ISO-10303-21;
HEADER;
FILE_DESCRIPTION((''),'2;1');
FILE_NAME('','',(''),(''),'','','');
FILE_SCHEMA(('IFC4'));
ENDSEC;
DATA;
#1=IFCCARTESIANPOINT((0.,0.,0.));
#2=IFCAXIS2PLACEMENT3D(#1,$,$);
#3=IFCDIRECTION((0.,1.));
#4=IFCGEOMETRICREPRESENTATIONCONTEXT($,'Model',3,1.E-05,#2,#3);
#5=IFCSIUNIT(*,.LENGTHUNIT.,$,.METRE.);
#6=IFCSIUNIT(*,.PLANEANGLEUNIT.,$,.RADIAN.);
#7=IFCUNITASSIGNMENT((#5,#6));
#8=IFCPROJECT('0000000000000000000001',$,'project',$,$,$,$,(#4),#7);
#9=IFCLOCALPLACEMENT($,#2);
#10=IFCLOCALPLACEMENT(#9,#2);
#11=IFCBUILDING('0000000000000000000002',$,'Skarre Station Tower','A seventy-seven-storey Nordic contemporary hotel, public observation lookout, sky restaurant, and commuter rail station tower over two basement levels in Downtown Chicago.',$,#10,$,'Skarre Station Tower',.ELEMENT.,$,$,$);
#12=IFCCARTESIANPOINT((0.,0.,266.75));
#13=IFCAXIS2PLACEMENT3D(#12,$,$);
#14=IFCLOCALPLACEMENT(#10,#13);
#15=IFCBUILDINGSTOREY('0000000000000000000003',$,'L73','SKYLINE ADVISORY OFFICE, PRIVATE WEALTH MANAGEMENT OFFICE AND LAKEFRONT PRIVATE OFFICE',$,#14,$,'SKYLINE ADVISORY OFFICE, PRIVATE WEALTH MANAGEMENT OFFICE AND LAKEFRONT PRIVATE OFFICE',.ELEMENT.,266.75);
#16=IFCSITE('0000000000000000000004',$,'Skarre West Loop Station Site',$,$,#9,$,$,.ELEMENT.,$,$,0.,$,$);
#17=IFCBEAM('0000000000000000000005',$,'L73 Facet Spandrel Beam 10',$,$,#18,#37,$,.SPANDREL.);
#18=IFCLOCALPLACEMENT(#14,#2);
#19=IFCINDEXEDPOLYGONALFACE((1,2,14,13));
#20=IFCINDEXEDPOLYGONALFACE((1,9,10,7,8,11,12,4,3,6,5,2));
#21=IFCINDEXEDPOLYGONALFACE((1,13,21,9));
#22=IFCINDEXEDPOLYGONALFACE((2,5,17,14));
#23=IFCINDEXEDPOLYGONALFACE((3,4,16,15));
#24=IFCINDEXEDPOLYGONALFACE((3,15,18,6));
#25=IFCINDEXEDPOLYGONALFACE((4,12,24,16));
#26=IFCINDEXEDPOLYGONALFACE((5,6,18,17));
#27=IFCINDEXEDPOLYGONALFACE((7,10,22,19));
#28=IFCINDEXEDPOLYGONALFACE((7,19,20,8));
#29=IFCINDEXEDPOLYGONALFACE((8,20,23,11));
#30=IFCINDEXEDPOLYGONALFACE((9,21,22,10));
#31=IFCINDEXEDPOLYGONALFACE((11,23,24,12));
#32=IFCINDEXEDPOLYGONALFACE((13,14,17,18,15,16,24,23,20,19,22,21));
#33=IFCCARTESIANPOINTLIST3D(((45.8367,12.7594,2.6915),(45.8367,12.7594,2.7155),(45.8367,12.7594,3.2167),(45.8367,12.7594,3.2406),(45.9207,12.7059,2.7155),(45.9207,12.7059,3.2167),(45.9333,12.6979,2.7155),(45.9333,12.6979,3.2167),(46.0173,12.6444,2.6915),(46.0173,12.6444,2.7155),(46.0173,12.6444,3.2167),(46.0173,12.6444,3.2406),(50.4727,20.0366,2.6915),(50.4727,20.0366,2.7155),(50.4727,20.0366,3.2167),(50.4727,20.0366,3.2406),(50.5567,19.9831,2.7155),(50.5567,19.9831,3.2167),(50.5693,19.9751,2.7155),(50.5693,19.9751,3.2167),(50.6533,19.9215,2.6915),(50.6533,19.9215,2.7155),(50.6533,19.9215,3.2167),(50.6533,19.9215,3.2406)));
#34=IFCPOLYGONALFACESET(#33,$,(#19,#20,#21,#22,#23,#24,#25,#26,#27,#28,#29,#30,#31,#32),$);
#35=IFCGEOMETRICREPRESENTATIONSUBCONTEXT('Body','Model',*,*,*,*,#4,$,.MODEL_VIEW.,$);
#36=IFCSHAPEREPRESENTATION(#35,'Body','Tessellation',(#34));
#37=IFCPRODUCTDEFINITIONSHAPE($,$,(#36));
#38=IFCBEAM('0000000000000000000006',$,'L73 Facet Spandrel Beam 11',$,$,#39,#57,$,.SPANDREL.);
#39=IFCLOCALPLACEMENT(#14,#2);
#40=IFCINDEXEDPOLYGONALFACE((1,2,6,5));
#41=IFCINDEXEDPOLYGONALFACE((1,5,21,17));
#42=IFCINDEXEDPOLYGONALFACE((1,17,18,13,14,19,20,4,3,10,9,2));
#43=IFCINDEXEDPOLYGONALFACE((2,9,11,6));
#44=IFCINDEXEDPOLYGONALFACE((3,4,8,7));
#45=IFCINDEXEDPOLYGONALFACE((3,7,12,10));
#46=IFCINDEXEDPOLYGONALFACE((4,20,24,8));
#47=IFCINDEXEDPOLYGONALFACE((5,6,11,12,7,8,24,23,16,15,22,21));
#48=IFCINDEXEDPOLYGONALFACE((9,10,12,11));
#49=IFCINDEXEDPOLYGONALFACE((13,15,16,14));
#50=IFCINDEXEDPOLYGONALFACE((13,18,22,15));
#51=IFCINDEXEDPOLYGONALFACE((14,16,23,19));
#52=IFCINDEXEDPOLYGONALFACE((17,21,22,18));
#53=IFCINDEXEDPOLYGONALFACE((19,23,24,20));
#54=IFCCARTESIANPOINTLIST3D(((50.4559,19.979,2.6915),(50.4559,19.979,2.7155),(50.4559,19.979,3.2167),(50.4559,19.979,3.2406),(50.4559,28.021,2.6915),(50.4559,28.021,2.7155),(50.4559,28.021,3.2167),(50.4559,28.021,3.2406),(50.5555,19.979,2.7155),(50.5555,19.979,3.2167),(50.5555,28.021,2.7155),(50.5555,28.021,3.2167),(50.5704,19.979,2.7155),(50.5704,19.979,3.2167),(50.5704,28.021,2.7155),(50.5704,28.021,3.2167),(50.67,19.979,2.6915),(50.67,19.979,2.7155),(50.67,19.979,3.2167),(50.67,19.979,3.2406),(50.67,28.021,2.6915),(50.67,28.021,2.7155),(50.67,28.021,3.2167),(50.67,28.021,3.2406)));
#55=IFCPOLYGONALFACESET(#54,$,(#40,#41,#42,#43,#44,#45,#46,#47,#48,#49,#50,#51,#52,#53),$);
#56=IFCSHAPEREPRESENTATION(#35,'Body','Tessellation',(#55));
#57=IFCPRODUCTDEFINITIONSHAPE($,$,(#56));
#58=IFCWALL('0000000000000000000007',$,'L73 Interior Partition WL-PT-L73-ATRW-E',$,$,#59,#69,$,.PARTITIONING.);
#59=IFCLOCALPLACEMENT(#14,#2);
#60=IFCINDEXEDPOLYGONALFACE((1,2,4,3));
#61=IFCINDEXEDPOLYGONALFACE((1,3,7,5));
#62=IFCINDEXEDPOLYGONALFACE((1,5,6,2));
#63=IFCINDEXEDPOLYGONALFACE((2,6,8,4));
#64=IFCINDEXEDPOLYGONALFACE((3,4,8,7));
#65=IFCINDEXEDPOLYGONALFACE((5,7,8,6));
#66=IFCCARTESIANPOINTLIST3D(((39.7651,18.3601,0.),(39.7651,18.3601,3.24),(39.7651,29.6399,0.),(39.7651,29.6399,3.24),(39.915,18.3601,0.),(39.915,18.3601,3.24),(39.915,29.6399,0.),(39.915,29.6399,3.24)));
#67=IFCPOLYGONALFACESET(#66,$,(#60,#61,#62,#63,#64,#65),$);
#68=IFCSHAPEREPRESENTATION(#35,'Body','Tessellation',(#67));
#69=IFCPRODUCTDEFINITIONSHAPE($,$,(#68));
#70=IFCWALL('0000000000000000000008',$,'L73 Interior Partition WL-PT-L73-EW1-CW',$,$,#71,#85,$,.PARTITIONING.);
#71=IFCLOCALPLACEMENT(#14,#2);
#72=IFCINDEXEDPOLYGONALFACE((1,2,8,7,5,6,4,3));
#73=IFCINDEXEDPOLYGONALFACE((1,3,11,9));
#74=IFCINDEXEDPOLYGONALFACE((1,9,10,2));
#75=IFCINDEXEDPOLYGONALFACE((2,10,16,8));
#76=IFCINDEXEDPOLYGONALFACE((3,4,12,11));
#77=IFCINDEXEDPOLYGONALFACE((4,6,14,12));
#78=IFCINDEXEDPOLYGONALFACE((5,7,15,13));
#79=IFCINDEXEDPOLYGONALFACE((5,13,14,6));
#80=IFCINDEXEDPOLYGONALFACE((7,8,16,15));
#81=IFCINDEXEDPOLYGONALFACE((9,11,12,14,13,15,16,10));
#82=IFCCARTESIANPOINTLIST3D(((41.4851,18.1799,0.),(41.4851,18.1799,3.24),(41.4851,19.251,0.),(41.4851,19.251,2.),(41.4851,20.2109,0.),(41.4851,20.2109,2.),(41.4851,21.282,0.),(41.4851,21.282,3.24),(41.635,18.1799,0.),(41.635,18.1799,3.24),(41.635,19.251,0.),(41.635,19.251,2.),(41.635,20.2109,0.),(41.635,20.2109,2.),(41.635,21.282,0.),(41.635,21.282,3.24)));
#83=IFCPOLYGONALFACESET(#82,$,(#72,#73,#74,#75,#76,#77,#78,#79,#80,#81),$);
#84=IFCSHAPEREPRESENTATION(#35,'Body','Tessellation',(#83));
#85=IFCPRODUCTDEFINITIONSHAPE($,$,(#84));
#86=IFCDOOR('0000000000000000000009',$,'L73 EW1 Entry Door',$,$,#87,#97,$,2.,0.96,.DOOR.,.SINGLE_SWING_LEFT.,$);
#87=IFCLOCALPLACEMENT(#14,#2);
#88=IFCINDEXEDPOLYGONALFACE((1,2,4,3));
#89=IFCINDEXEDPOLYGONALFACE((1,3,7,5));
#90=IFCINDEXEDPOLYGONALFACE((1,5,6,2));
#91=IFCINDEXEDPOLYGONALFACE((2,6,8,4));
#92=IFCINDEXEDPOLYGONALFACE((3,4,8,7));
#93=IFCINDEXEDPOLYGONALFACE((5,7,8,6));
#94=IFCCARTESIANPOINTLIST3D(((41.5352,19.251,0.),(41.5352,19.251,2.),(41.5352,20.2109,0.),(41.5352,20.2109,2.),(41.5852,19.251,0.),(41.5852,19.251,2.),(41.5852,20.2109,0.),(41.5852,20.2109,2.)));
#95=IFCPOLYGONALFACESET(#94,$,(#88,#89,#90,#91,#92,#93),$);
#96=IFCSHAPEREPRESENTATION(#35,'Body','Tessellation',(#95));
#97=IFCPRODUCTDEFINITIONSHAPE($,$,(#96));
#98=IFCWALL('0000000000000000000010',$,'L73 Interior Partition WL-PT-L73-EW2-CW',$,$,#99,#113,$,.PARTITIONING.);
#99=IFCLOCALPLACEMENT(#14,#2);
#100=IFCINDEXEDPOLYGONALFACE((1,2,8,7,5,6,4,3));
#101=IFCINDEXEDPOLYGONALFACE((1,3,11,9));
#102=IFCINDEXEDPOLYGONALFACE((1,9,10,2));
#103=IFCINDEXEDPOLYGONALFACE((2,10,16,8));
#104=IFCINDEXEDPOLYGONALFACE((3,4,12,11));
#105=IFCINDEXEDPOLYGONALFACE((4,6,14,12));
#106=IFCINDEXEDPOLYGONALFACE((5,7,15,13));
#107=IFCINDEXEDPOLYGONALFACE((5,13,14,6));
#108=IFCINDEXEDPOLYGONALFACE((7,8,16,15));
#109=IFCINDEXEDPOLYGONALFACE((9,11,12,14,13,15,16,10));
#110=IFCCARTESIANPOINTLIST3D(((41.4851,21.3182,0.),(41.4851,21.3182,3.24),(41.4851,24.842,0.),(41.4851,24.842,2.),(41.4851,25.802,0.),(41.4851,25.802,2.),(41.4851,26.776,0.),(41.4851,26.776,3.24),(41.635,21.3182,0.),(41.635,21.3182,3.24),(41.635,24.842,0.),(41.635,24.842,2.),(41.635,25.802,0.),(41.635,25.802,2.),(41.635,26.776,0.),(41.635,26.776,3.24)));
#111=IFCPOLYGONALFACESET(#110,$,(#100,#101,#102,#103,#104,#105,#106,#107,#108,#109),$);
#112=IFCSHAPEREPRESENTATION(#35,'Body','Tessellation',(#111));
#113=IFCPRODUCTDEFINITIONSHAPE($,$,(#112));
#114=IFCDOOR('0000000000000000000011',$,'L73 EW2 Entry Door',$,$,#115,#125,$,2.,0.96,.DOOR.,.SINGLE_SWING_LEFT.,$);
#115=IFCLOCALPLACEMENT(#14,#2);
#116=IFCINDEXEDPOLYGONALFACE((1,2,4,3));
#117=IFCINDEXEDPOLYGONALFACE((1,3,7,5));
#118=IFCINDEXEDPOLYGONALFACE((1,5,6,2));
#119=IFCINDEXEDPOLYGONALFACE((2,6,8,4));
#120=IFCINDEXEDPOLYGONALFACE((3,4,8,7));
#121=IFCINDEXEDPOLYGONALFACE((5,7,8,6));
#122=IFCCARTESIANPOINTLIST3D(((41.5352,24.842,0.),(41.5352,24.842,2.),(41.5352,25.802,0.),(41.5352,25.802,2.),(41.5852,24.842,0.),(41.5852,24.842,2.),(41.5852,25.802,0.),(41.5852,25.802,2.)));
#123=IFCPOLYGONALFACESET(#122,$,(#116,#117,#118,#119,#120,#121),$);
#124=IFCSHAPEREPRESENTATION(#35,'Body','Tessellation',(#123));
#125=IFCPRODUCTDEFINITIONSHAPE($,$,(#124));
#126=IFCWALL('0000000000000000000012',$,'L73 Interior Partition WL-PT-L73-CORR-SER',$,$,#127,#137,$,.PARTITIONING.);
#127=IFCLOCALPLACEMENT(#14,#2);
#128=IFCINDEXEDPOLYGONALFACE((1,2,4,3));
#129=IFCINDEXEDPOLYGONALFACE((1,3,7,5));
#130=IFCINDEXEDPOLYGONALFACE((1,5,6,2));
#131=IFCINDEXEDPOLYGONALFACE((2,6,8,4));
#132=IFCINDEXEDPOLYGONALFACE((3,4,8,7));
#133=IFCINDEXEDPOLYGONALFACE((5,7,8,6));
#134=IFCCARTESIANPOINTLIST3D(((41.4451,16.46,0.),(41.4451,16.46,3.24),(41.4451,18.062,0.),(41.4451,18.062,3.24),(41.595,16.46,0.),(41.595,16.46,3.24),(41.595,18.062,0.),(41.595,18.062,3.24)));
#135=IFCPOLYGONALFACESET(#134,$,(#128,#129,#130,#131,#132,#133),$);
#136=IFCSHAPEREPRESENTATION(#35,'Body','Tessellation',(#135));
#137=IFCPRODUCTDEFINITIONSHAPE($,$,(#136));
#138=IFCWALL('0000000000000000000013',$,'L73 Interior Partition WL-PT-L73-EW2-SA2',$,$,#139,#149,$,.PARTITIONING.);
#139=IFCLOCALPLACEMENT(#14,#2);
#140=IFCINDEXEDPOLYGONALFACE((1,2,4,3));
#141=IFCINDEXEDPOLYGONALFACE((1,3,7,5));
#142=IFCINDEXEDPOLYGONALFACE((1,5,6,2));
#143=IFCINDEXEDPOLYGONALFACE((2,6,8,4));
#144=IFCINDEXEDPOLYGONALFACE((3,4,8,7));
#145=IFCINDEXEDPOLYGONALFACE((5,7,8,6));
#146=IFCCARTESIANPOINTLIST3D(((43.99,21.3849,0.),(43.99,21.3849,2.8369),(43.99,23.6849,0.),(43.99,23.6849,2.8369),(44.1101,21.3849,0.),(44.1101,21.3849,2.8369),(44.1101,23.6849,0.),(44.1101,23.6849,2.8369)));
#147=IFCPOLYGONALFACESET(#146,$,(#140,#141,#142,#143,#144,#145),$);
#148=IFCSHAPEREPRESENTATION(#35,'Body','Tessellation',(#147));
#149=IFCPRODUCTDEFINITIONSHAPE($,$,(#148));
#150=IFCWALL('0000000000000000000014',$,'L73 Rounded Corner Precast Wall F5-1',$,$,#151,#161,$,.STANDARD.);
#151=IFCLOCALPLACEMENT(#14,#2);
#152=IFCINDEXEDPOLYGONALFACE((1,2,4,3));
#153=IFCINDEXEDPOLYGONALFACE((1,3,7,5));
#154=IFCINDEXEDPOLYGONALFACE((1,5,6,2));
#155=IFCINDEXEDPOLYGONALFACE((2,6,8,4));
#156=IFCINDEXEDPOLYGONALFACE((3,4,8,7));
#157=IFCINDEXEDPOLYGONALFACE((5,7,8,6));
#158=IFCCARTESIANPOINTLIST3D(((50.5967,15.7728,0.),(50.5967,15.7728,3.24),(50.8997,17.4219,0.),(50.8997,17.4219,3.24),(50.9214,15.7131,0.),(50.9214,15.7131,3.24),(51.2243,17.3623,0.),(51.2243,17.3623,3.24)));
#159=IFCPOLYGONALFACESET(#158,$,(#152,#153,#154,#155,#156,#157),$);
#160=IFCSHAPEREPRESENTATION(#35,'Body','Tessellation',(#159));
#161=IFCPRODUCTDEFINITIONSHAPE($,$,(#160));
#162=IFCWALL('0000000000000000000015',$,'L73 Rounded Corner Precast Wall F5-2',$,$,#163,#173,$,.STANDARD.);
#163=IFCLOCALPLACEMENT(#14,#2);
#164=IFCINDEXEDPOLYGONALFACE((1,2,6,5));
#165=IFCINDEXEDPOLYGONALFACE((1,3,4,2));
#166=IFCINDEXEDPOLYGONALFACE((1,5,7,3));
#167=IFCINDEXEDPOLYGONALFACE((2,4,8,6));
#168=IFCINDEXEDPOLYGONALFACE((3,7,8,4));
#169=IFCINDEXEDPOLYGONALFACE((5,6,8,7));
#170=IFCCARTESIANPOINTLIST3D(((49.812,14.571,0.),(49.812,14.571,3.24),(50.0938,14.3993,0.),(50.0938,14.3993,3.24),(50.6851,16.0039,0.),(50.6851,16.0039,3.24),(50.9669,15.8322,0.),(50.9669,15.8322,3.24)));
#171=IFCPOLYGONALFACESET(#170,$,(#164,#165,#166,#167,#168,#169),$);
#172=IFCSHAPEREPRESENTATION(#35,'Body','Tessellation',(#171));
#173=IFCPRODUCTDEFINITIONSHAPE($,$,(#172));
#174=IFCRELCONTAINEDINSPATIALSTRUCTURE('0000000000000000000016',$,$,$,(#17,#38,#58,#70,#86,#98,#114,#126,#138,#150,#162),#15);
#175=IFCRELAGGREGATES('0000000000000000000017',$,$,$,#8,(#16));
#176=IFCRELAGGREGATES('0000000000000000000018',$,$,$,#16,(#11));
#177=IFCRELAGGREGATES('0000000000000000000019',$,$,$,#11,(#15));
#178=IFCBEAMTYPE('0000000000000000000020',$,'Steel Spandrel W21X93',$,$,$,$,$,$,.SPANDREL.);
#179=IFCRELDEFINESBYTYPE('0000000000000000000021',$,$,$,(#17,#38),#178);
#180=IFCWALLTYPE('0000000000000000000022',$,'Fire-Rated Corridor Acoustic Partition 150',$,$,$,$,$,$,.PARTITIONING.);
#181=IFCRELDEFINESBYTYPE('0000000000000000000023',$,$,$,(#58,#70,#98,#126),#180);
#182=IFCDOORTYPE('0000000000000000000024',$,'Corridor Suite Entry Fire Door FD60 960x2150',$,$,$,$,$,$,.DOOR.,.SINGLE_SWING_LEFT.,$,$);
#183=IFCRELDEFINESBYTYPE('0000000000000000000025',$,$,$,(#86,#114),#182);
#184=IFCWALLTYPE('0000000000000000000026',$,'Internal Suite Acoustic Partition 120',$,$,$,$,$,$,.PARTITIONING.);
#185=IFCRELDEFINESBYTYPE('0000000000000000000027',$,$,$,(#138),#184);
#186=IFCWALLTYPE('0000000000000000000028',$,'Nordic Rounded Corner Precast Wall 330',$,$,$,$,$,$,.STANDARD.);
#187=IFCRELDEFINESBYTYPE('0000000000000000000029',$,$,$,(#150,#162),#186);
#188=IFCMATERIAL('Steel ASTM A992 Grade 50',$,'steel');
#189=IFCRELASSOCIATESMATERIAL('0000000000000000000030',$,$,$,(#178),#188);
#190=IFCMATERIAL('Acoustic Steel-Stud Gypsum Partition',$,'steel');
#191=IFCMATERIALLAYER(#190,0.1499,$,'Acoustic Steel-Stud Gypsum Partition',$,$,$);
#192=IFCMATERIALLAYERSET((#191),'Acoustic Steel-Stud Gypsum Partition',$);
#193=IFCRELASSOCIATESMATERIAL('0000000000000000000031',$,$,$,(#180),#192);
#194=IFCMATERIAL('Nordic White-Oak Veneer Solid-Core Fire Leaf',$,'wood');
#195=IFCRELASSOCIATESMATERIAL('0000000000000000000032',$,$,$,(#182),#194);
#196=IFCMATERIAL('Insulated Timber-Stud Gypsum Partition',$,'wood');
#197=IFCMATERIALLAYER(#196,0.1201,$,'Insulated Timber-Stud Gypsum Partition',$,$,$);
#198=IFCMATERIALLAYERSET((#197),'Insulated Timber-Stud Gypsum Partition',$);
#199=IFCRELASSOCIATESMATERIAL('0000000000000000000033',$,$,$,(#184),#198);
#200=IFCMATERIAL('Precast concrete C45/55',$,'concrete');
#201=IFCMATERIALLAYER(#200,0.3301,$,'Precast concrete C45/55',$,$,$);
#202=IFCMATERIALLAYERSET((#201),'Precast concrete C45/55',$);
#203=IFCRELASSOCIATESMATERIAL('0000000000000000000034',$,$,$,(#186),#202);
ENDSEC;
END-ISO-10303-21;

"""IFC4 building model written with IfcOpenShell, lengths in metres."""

from ifc_helpers import new_model, si_unit, direction, frame, frame_2d, origin, origin_2d, place, context, subcontext, project, spatial, rectangle, i_section, extrude, material, layer, layer_set, material_profile, profile_set, type_object, element, fill, save


model = new_model("IFC4")

# Units and contexts
model_context = context("Model", 3, precision=1e-05, world=origin(), true_north=direction((0.0, 1.0)))
body_context = subcontext(model_context, "Body", "Model", "MODEL_VIEW")
ifc_project = project(units=[si_unit("LENGTHUNIT", "METRE"), si_unit("PLANEANGLEUNIT", "RADIAN")], contexts=[model_context])

# Site, building, storey
site_placement = place(None, origin())
site = spatial("IfcSite", under=ifc_project, at=site_placement, Name="Skarre West Loop Station Site", CompositionType="ELEMENT", RefElevation=0.0)
building_placement = place(site_placement, origin())
building = spatial("IfcBuilding", under=site, at=building_placement, Name="Skarre Station Tower", Description="A seventy-seven-storey Nordic contemporary hotel, public observation lookout, sky restaurant, and commuter rail station tower over two basement levels in Downtown Chicago.", LongName="Skarre Station Tower", CompositionType="ELEMENT")
storey_placement = place(building_placement, frame((0.0, 0.0, 266.75)))
storey = spatial("IfcBuildingStorey", under=building, at=storey_placement, Name="L73", Description="SKYLINE ADVISORY OFFICE, PRIVATE WEALTH MANAGEMENT OFFICE AND LAKEFRONT PRIVATE OFFICE", LongName="SKYLINE ADVISORY OFFICE, PRIVATE WEALTH MANAGEMENT OFFICE AND LAKEFRONT PRIVATE OFFICE", CompositionType="ELEMENT", Elevation=266.75)

# Beams
ifc_material_1 = material(Name="Steel ASTM A992 Grade 50", Category="steel")
ifc_material_profile_1 = material_profile(ifc_material_1, i_section(OverallWidth=0.2141, OverallDepth=0.5491, WebThickness=0.0149, FlangeThickness=0.0239, at=origin_2d()), Name="Steel ASTM A992 Grade 50")
ifc_profile_set_1 = profile_set([ifc_material_profile_1], Name="Steel ASTM A992 Grade 50")
beam_type_1 = type_object("IfcBeamType", Name="Steel Spandrel W21X93", PredefinedType="SPANDREL", material=ifc_profile_set_1)
beam_1_placement = place(storey_placement, frame((45.927, 12.7019, 2.9661), z_axis=(0.537297, 0.843393, 0.0), x_axis=(-0.843393, 0.537297, 0.0)))
element("IfcBeam", 1, at=beam_1_placement, inside=storey, type_object=beam_type_1, Name="L73 Facet Spandrel Beam 10", PredefinedType="SPANDREL", context=body_context, shape_type="SweptSolid", body=[
    extrude(i_section(OverallWidth=0.2141, OverallDepth=0.5491, WebThickness=0.0149, FlangeThickness=0.0239, at=origin_2d()), origin(), (0.0, 0.0, 1.0), 8.6284),
])
beam_2_placement = place(storey_placement, frame((50.563, 19.979, 2.9661), z_axis=(0.0, 1.0, 0.0), x_axis=(-1.0, 0.0, 0.0)))
element("IfcBeam", 2, at=beam_2_placement, inside=storey, type_object=beam_type_1, Name="L73 Facet Spandrel Beam 11", PredefinedType="SPANDREL", context=body_context, shape_type="SweptSolid", body=[
    extrude(i_section(OverallWidth=0.2141, OverallDepth=0.5491, WebThickness=0.0149, FlangeThickness=0.0239, at=origin_2d()), origin(), (0.0, 0.0, 1.0), 8.042),
])

# Wall
ifc_material_2 = material(Name="Acoustic Steel-Stud Gypsum Partition", Category="steel")
ifc_layer_1 = layer(ifc_material_2, 0.1499, Name="Acoustic Steel-Stud Gypsum Partition")
ifc_layer_set_1 = layer_set([ifc_layer_1], Name="Acoustic Steel-Stud Gypsum Partition")
wall_type_1 = type_object("IfcWallType", Name="Fire-Rated Corridor Acoustic Partition 150", PredefinedType="PARTITIONING", material=ifc_layer_set_1)
wall_1_placement = place(storey_placement, frame((39.8401, 18.3601, 0.0), z_axis=(0.0, 0.0, 1.0), x_axis=(0.0, 1.0, 0.0)))
element("IfcWall", 3, at=wall_1_placement, inside=storey, type_object=wall_type_1, Name="L73 Interior Partition WL-PT-L73-ATRW-E", PredefinedType="PARTITIONING", context=body_context, shape_type="SweptSolid", body=[
    extrude(rectangle(XDim=11.2798, YDim=0.1499, at=frame_2d((5.6399, 0.0))), origin(), (0.0, 0.0, 1.0), 3.24),
])

# Walls, openings, doors
wall_2_placement = place(storey_placement, frame((41.5601, 18.1799, 0.0), z_axis=(0.0, 0.0, 1.0), x_axis=(0.0, 1.0, 0.0)))
wall_2 = element("IfcWall", 4, at=wall_2_placement, inside=storey, type_object=wall_type_1, Name="L73 Interior Partition WL-PT-L73-EW1-CW", PredefinedType="PARTITIONING", context=body_context, shape_type="SweptSolid", body=[
    extrude(rectangle(XDim=3.1021, YDim=0.1499, at=frame_2d((1.551, 0.0))), origin(), (0.0, 0.0, 1.0), 3.24),
])
opening_1_placement = place(wall_2_placement, frame((1.071, 0.0, 0.0)))
opening_1 = element("IfcOpeningElement", 5, at=opening_1_placement, cuts=wall_2, PredefinedType="OPENING", context=body_context, shape_type="SweptSolid", body=[
    extrude(rectangle(XDim=0.96, YDim=2.0, at=frame_2d((0.48, 1.0))), frame((0.0, 0.085, 0.0), z_axis=(0.0, -1.0, 0.0), x_axis=(1.0, 0.0, 0.0)), (0.0, 0.0, 1.0), 0.1699),
])
ifc_material_3 = material(Name="Nordic White-Oak Veneer Solid-Core Fire Leaf", Category="wood")
door_type = type_object("IfcDoorType", Name="Corridor Suite Entry Fire Door FD60 960x2150", OperationType="SINGLE_SWING_LEFT", PredefinedType="DOOR", material=ifc_material_3)
door_1_placement = place(opening_1_placement, origin())
door_1 = element("IfcDoor", 6, at=door_1_placement, inside=storey, type_object=door_type, Name="L73 EW1 Entry Door", OperationType="SINGLE_SWING_LEFT", OverallHeight=2.0, OverallWidth=0.96, PredefinedType="DOOR", context=body_context, shape_type="SweptSolid", body=[
    extrude(rectangle(XDim=0.96, YDim=2.0, at=frame_2d((0.48, 1.0))), frame((0.0, 0.0249, 0.0), z_axis=(0.0, -1.0, 0.0), x_axis=(1.0, 0.0, 0.0)), (0.0, 0.0, 1.0), 0.05),
])
fill(opening_1, door_1)
wall_3_placement = place(storey_placement, frame((41.5601, 21.3181, 0.0), z_axis=(0.0, 0.0, 1.0), x_axis=(0.0, 1.0, 0.0)))
wall_3 = element("IfcWall", 7, at=wall_3_placement, inside=storey, type_object=wall_type_1, Name="L73 Interior Partition WL-PT-L73-EW2-CW", PredefinedType="PARTITIONING", context=body_context, shape_type="SweptSolid", body=[
    extrude(rectangle(XDim=5.4578, YDim=0.1499, at=frame_2d((2.729, 0.0))), origin(), (0.0, 0.0, 1.0), 3.24),
])
opening_2_placement = place(wall_3_placement, frame((3.5239, 0.0, 0.0)))
opening_2 = element("IfcOpeningElement", 8, at=opening_2_placement, cuts=wall_3, PredefinedType="OPENING", context=body_context, shape_type="SweptSolid", body=[
    extrude(rectangle(XDim=0.96, YDim=2.0, at=frame_2d((0.48, 1.0))), frame((0.0, 0.085, 0.0), z_axis=(0.0, -1.0, 0.0), x_axis=(1.0, 0.0, 0.0)), (0.0, 0.0, 1.0), 0.1699),
])
door_2_placement = place(opening_2_placement, origin())
door_2 = element("IfcDoor", 9, at=door_2_placement, inside=storey, type_object=door_type, Name="L73 EW2 Entry Door", OperationType="SINGLE_SWING_LEFT", OverallHeight=2.0, OverallWidth=0.96, PredefinedType="DOOR", context=body_context, shape_type="SweptSolid", body=[
    extrude(rectangle(XDim=0.96, YDim=2.0, at=frame_2d((0.48, 1.0))), frame((0.0, 0.0249, 0.0), z_axis=(0.0, -1.0, 0.0), x_axis=(1.0, 0.0, 0.0)), (0.0, 0.0, 1.0), 0.05),
])
fill(opening_2, door_2)

# Walls
wall_4_placement = place(storey_placement, frame((41.52, 16.46, 0.0), z_axis=(0.0, 0.0, 1.0), x_axis=(0.0, 1.0, 0.0)))
element("IfcWall", 10, at=wall_4_placement, inside=storey, type_object=wall_type_1, Name="L73 Interior Partition WL-PT-L73-CORR-SER", PredefinedType="PARTITIONING", context=body_context, shape_type="SweptSolid", body=[
    extrude(rectangle(XDim=1.6021, YDim=0.1499, at=frame_2d((0.801, 0.0))), origin(), (0.0, 0.0, 1.0), 3.24),
])
ifc_material_4 = material(Name="Insulated Timber-Stud Gypsum Partition", Category="wood")
ifc_layer_2 = layer(ifc_material_4, 0.1201, Name="Insulated Timber-Stud Gypsum Partition")
ifc_layer_set_2 = layer_set([ifc_layer_2], Name="Insulated Timber-Stud Gypsum Partition")
wall_type_2 = type_object("IfcWallType", Name="Internal Suite Acoustic Partition 120", PredefinedType="PARTITIONING", material=ifc_layer_set_2)
wall_5_placement = place(storey_placement, frame((44.05, 21.385, 0.0), z_axis=(0.0, 0.0, 1.0), x_axis=(0.0, 1.0, 0.0)))
element("IfcWall", 11, at=wall_5_placement, inside=storey, type_object=wall_type_2, Name="L73 Interior Partition WL-PT-L73-EW2-SA2", PredefinedType="PARTITIONING", context=body_context, shape_type="SweptSolid", body=[
    extrude(rectangle(XDim=2.3, YDim=0.1201, at=frame_2d((1.1499, 0.0))), origin(), (0.0, 0.0, 1.0), 2.8369),
])
ifc_material_5 = material(Name="Precast concrete C45/55", Category="concrete")
ifc_layer_3 = layer(ifc_material_5, 0.3301, Name="Precast concrete C45/55")
ifc_layer_set_3 = layer_set([ifc_layer_3], Name="Precast concrete C45/55")
wall_type_3 = type_object("IfcWallType", Name="Nordic Rounded Corner Precast Wall 330", PredefinedType="STANDARD", material=ifc_layer_set_3)
wall_6_placement = place(storey_placement, frame((51.062, 17.3921, 0.0), z_axis=(0.0, 0.0, 1.0), x_axis=(-0.180692, -0.98354, 0.0)))
element("IfcWall", 12, at=wall_6_placement, inside=storey, type_object=wall_type_3, Name="L73 Rounded Corner Precast Wall F5-1", PredefinedType="STANDARD", context=body_context, shape_type="SweptSolid", body=[
    extrude(rectangle(XDim=1.6768, YDim=0.3301, at=frame_2d((0.8384, 0.0))), origin(), (0.0, 0.0, 1.0), 3.24),
])
wall_7_placement = place(storey_placement, frame((50.8259, 15.918, 0.0), z_axis=(0.0, 0.0, 1.0), x_axis=(-0.520325, -0.853968, 0.0)))
element("IfcWall", 13, at=wall_7_placement, inside=storey, type_object=wall_type_3, Name="L73 Rounded Corner Precast Wall F5-2", PredefinedType="STANDARD", context=body_context, shape_type="SweptSolid", body=[
    extrude(rectangle(XDim=1.678, YDim=0.3301, at=frame_2d((0.8389, 0.0))), origin(), (0.0, 0.0, 1.0), 3.24),
])

save(model, "model.ifc")
